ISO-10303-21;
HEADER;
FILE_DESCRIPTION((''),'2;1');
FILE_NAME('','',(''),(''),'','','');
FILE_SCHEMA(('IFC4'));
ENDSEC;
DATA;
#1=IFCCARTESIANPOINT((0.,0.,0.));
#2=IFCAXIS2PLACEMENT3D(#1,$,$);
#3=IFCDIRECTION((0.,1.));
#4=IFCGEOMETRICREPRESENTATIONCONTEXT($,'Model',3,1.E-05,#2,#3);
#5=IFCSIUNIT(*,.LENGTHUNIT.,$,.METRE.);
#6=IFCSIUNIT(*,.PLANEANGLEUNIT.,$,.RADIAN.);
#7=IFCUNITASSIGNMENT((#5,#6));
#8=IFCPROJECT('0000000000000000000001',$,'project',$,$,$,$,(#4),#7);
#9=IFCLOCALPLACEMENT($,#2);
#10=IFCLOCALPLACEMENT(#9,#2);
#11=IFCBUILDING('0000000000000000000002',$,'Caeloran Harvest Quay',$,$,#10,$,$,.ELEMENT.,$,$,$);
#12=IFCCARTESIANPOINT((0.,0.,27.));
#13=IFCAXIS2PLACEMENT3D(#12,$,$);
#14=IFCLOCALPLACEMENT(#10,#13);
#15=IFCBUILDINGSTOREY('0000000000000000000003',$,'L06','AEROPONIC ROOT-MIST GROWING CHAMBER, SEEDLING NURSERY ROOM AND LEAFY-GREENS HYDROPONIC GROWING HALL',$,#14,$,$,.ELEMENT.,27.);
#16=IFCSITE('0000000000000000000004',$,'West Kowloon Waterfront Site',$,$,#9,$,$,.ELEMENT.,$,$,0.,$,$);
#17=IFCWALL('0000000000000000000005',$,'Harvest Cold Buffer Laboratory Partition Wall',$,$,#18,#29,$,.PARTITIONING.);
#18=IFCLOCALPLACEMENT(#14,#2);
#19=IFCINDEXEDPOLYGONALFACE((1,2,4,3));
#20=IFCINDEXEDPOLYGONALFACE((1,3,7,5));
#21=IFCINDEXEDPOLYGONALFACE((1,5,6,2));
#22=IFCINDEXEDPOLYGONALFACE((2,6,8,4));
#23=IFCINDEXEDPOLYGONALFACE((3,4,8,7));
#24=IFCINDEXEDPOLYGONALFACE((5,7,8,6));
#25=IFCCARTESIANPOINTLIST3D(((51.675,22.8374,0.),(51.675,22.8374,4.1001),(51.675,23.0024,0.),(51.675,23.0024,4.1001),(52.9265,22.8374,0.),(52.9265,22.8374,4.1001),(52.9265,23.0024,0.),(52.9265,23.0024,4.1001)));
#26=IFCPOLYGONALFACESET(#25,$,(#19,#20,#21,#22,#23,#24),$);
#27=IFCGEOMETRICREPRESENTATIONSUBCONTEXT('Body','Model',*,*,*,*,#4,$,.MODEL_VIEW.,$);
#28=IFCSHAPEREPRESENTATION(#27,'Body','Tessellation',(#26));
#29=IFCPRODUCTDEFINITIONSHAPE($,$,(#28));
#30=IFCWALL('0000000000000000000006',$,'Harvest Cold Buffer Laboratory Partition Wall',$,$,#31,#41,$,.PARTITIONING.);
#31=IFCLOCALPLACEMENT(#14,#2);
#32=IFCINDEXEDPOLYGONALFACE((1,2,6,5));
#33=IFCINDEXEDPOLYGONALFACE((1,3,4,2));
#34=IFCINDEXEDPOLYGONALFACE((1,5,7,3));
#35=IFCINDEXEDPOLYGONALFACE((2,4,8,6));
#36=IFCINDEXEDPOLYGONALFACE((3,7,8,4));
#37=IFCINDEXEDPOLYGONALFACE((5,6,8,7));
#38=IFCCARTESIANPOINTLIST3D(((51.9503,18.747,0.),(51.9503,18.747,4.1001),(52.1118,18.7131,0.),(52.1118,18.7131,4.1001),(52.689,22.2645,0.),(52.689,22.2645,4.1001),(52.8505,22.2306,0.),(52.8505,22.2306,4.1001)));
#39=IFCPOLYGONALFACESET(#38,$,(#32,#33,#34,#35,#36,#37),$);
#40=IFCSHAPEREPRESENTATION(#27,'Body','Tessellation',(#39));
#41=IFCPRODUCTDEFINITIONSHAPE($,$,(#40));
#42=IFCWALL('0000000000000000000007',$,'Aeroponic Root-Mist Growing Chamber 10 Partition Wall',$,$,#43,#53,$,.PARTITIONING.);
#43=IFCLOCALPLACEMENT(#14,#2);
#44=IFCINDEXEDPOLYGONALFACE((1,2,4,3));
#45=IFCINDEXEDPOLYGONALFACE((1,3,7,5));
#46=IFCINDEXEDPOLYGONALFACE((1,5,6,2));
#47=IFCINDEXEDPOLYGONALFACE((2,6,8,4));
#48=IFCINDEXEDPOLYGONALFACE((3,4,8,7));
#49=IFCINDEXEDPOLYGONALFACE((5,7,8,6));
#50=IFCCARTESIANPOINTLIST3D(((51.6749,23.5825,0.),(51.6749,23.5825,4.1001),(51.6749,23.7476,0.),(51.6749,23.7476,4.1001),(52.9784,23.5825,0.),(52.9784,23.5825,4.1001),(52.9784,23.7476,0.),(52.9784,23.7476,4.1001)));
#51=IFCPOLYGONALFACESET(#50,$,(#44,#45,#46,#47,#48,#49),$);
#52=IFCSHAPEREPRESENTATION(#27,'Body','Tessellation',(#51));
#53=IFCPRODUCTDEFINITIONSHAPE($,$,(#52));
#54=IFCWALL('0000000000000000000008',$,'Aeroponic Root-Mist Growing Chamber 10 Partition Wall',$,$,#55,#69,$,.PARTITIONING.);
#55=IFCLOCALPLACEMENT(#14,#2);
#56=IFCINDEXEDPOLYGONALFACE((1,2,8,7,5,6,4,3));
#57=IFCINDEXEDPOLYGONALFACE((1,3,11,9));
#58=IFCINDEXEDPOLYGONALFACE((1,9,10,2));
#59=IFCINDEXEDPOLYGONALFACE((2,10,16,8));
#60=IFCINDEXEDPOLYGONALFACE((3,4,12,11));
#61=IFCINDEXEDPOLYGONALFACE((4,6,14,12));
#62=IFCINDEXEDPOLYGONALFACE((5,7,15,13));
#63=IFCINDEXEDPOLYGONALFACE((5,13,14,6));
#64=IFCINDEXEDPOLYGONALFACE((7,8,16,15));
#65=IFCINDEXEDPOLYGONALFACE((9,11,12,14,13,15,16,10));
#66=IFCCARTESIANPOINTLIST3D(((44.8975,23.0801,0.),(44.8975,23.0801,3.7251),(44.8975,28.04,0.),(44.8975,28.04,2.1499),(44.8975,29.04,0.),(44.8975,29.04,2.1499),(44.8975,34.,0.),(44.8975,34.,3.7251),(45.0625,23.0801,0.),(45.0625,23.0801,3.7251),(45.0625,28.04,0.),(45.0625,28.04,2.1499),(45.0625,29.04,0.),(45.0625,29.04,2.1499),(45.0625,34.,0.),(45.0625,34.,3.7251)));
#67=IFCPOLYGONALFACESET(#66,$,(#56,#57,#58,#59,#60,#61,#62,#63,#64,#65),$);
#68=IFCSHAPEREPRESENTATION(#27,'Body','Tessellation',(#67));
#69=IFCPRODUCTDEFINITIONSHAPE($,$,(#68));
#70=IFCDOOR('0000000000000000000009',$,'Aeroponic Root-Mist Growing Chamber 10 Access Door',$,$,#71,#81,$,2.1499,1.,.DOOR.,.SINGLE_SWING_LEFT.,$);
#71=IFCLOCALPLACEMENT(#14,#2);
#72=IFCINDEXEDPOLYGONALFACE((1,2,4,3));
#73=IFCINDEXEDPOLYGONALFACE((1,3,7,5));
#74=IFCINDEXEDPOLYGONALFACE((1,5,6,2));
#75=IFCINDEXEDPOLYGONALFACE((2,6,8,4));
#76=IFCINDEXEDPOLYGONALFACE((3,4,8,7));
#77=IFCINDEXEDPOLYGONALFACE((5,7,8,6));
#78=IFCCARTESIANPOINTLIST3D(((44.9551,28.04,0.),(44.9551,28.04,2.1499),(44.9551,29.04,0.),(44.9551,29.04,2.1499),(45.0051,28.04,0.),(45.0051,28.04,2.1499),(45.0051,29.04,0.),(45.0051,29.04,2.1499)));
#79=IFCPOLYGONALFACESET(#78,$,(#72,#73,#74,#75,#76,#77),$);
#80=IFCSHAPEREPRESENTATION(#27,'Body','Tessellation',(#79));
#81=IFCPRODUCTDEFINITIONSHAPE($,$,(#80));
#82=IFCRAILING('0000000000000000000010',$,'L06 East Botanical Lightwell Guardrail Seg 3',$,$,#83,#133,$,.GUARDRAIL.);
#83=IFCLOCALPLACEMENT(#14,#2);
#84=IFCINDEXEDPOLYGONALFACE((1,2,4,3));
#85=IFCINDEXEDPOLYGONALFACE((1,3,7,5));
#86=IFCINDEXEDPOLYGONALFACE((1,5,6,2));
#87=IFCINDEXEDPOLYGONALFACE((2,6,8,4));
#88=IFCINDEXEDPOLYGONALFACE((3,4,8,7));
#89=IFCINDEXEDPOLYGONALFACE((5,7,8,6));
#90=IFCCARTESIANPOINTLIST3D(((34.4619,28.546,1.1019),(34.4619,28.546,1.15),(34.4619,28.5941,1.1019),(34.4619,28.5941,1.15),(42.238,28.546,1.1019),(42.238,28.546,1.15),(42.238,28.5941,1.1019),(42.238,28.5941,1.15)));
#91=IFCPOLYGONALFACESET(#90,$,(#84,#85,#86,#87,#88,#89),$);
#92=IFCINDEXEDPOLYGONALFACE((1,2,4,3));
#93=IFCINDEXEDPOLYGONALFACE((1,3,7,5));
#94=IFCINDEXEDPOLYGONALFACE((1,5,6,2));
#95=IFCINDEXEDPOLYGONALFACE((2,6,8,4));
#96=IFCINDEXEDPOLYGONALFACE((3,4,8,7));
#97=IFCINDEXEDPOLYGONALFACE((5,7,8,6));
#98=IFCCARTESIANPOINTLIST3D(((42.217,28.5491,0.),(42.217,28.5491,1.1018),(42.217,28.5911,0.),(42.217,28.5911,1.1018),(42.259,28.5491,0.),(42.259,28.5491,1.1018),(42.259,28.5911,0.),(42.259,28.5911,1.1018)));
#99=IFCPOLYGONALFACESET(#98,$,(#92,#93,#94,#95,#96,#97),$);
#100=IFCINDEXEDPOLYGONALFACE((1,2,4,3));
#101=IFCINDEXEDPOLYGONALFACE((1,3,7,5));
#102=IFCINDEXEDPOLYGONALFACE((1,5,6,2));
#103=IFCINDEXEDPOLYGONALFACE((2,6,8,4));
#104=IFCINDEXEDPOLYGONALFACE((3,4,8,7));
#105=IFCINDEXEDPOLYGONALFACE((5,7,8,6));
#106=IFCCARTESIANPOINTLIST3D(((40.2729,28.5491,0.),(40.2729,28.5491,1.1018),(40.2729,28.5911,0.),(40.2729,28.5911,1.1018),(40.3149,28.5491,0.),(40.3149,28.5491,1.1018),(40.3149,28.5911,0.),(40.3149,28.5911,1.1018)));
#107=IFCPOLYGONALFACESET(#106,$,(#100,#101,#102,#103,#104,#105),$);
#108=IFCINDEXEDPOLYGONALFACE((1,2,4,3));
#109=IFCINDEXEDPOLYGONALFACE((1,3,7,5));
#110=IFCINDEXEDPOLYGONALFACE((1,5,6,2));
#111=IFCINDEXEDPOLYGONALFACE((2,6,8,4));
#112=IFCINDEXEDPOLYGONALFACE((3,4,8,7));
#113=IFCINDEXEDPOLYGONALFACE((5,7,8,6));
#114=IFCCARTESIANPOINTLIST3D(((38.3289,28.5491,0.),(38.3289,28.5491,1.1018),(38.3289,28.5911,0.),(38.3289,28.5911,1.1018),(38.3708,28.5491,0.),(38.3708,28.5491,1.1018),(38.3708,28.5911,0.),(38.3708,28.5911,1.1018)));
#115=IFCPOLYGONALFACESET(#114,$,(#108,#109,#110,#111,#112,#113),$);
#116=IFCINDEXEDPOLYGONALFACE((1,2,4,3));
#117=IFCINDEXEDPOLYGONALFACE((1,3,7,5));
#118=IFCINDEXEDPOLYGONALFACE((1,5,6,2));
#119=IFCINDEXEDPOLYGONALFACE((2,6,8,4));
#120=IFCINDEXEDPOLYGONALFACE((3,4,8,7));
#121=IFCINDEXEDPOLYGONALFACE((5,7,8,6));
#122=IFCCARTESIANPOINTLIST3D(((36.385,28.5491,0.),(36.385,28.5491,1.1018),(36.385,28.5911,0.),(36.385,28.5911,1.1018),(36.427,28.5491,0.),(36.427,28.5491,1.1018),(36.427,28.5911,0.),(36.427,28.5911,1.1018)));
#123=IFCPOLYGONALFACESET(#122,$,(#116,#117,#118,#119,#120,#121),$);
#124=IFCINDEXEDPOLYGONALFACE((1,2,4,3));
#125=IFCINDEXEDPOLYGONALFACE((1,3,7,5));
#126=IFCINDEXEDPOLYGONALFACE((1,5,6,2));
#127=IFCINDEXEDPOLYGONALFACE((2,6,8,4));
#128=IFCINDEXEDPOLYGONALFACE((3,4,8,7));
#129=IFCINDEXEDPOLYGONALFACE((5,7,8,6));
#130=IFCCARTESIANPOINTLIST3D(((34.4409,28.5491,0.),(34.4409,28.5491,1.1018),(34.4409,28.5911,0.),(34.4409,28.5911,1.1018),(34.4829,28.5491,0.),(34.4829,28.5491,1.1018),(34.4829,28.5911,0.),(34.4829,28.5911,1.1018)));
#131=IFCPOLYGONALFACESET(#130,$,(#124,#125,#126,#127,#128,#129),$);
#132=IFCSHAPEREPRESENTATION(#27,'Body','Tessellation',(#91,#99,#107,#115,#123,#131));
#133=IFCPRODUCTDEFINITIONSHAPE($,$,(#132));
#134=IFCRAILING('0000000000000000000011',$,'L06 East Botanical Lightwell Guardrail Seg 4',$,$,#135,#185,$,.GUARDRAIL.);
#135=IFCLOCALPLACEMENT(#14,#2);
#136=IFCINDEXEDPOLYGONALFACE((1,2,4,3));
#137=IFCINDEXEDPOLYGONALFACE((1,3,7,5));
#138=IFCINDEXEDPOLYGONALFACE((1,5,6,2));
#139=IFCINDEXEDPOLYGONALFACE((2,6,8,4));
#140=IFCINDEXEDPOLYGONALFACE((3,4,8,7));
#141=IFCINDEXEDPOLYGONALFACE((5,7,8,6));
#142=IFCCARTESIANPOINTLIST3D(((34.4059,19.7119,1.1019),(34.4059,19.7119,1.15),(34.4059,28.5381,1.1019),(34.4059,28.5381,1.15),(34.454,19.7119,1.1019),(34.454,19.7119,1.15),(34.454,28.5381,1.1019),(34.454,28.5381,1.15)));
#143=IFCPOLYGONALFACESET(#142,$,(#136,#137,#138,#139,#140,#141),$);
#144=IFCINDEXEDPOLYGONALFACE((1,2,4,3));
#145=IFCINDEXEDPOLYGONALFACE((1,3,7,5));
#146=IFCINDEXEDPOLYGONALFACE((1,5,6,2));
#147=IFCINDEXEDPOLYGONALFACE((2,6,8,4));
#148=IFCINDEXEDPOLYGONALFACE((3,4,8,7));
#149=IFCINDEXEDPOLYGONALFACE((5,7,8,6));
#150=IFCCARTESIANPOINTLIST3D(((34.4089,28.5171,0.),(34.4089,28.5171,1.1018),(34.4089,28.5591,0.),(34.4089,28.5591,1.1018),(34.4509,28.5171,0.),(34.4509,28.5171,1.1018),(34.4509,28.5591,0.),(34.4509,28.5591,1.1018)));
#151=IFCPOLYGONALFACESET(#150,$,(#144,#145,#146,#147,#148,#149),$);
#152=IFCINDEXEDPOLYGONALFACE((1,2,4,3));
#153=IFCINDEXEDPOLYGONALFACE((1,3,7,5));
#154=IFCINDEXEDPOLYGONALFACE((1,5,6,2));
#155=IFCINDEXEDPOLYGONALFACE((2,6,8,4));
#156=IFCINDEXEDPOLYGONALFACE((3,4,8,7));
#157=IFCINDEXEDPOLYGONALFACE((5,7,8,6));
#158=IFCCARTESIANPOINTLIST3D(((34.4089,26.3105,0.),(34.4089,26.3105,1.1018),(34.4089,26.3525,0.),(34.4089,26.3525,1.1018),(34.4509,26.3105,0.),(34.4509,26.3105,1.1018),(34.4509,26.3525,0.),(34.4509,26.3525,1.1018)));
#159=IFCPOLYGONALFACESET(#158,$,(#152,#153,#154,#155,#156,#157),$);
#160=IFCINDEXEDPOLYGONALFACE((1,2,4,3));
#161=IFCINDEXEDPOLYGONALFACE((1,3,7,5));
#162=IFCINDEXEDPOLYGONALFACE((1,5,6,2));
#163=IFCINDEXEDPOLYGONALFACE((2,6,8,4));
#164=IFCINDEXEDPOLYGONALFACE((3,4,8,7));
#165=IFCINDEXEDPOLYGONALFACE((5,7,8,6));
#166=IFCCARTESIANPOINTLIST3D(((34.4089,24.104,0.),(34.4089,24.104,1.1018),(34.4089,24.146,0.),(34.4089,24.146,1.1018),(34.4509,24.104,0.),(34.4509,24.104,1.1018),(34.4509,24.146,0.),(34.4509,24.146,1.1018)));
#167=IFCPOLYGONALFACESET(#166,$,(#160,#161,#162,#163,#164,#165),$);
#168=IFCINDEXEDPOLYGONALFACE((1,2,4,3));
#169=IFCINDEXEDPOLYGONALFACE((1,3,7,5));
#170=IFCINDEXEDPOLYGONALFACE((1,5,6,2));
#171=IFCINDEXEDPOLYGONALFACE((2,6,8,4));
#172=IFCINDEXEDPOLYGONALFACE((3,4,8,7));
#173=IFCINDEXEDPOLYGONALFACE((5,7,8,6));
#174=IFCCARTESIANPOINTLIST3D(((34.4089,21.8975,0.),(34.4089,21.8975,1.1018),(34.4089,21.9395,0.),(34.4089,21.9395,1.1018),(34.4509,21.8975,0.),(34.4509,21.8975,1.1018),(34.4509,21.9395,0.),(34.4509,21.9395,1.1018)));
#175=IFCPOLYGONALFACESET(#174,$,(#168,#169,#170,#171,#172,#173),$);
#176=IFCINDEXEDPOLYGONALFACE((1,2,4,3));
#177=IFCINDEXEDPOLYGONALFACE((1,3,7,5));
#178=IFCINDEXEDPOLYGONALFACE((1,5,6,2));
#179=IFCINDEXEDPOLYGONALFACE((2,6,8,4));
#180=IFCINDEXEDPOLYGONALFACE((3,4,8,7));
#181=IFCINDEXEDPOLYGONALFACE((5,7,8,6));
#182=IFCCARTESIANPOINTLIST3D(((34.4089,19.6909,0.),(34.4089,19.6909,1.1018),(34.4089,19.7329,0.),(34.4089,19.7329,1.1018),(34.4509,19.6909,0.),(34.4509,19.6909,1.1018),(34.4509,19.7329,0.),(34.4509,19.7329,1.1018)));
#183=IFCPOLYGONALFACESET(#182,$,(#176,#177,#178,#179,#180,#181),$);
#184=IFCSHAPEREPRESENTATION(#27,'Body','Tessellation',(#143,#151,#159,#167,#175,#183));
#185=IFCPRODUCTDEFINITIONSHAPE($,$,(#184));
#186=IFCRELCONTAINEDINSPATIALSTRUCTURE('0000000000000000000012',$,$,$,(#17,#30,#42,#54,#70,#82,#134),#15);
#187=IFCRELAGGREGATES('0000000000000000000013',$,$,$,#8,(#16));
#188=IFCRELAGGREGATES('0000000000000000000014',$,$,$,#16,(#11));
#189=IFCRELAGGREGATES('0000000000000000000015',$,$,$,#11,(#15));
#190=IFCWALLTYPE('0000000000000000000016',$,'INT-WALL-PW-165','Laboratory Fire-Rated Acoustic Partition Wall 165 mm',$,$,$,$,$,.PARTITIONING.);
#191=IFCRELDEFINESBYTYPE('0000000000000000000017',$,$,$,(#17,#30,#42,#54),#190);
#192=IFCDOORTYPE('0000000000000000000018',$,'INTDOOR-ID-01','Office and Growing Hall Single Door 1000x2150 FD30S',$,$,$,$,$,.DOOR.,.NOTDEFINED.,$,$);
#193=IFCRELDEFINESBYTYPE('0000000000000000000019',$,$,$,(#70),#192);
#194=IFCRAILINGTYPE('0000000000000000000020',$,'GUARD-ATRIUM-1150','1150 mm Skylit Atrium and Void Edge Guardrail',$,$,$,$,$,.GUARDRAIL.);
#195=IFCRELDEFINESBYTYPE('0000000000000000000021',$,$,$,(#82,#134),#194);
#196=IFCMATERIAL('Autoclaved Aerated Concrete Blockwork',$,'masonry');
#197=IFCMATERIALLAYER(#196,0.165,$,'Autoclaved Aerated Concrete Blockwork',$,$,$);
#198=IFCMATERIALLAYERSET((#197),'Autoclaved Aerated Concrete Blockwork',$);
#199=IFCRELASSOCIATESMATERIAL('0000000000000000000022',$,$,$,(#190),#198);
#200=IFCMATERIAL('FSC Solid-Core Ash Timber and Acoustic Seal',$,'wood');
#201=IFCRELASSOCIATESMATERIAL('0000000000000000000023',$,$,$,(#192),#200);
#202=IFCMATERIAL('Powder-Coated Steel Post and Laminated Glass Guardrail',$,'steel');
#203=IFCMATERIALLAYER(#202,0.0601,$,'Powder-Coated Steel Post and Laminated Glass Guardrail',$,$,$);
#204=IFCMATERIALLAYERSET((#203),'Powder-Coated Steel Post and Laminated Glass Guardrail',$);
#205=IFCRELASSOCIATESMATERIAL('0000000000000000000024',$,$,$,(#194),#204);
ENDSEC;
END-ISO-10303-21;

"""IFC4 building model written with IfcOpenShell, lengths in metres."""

from ifc_helpers import new_model, si_unit, direction, frame, frame_2d, origin, origin_2d, place, context, subcontext, project, spatial, rectangle, extrude, material, layer, layer_set, type_object, element, fill, save


model = new_model("IFC4")

# Units and contexts
model_context = context("Model", 3, precision=1e-05, world=origin(), true_north=direction((0.0, 1.0)))
body_context = subcontext(model_context, "Body", "Model", "MODEL_VIEW")
ifc_project = project(units=[si_unit("LENGTHUNIT", "METRE"), si_unit("PLANEANGLEUNIT", "RADIAN")], contexts=[model_context])

# Site, building, storey
site_placement = place(None, origin())
site = spatial("IfcSite", under=ifc_project, at=site_placement, Name="West Kowloon Waterfront Site", CompositionType="ELEMENT", RefElevation=0.0)
building_placement = place(site_placement, origin())
building = spatial("IfcBuilding", under=site, at=building_placement, Name="Caeloran Harvest Quay", CompositionType="ELEMENT")
storey_placement = place(building_placement, frame((0.0, 0.0, 27.0)))
storey = spatial("IfcBuildingStorey", under=building, at=storey_placement, Name="L06", Description="AEROPONIC ROOT-MIST GROWING CHAMBER, SEEDLING NURSERY ROOM AND LEAFY-GREENS HYDROPONIC GROWING HALL", CompositionType="ELEMENT", Elevation=27.0)

# Walls
ifc_material_1 = material(Name="Autoclaved Aerated Concrete Blockwork", Category="masonry")
ifc_layer_1 = layer(ifc_material_1, 0.165, Name="Autoclaved Aerated Concrete Blockwork")
ifc_layer_set_1 = layer_set([ifc_layer_1], Name="Autoclaved Aerated Concrete Blockwork")
wall_type = type_object("IfcWallType", Name="INT-WALL-PW-165", Description="Laboratory Fire-Rated Acoustic Partition Wall 165 mm", PredefinedType="PARTITIONING", material=ifc_layer_set_1)
wall_1_placement = place(storey_placement, frame((51.675, 22.9199, 0.0), z_axis=(0.0, 0.0, 1.0), x_axis=(1.0, 0.0, 0.0)))
element("IfcWall", 1, at=wall_1_placement, inside=storey, type_object=wall_type, Name="Harvest Cold Buffer Laboratory Partition Wall", PredefinedType="PARTITIONING", context=body_context, shape_type="SweptSolid", body=[
    extrude(rectangle(XDim=1.2515, YDim=0.165, at=frame_2d((0.6257, 0.0))), origin(), (0.0, 0.0, 1.0), 4.1001),
])
wall_2_placement = place(storey_placement, frame((52.7698, 22.2476, 0.0), z_axis=(0.0, 0.0, 1.0), x_axis=(-0.205538, -0.978649, 0.0)))
element("IfcWall", 2, at=wall_2_placement, inside=storey, type_object=wall_type, Name="Harvest Cold Buffer Laboratory Partition Wall", PredefinedType="PARTITIONING", context=body_context, shape_type="SweptSolid", body=[
    extrude(rectangle(XDim=3.5942, YDim=0.165, at=frame_2d((1.7971, 0.0))), origin(), (0.0, 0.0, 1.0), 4.1001),
])
wall_3_placement = place(storey_placement, frame((52.9785, 23.665, 0.0), z_axis=(0.0, 0.0, 1.0), x_axis=(-1.0, 0.0, 0.0)))
element("IfcWall", 3, at=wall_3_placement, inside=storey, type_object=wall_type, Name="Aeroponic Root-Mist Growing Chamber 10 Partition Wall", PredefinedType="PARTITIONING", context=body_context, shape_type="SweptSolid", body=[
    extrude(rectangle(XDim=1.3035, YDim=0.165, at=frame_2d((0.6519, 0.0))), origin(), (0.0, 0.0, 1.0), 4.1001),
])

# Wall, opening, door
wall_4_placement = place(storey_placement, frame((44.98, 23.0801, 0.0), z_axis=(0.0, 0.0, 1.0), x_axis=(0.0, 1.0, 0.0)))
wall_4 = element("IfcWall", 4, at=wall_4_placement, inside=storey, type_object=wall_type, Name="Aeroponic Root-Mist Growing Chamber 10 Partition Wall", PredefinedType="PARTITIONING", context=body_context, shape_type="SweptSolid", body=[
    extrude(rectangle(XDim=10.9199, YDim=0.165, at=frame_2d((5.46, 0.0))), origin(), (0.0, 0.0, 1.0), 3.7251),
])
opening_placement = place(wall_4_placement, frame((4.96, 0.0, 0.0)))
opening = element("IfcOpeningElement", 5, at=opening_placement, cuts=wall_4, PredefinedType="OPENING", context=body_context, shape_type="SweptSolid", body=[
    extrude(rectangle(XDim=1.0, YDim=2.1499, at=frame_2d((0.5, 1.075))), frame((0.0, 0.0925, 0.0), z_axis=(0.0, -1.0, 0.0), x_axis=(1.0, 0.0, 0.0)), (0.0, 0.0, 1.0), 0.1851),
])
ifc_material_2 = material(Name="FSC Solid-Core Ash Timber and Acoustic Seal", Category="wood")
door_type = type_object("IfcDoorType", Name="INTDOOR-ID-01", Description="Office and Growing Hall Single Door 1000x2150 FD30S", OperationType="NOTDEFINED", PredefinedType="DOOR", material=ifc_material_2)
door_placement = place(opening_placement, origin())
door = element("IfcDoor", 6, at=door_placement, inside=storey, type_object=door_type, Name="Aeroponic Root-Mist Growing Chamber 10 Access Door", OperationType="SINGLE_SWING_LEFT", OverallHeight=2.1499, OverallWidth=1.0, PredefinedType="DOOR", context=body_context, shape_type="SweptSolid", body=[
    extrude(rectangle(XDim=1.0, YDim=2.1499, at=frame_2d((0.5, 1.075))), frame((0.0, 0.0249, 0.0), z_axis=(0.0, -1.0, 0.0), x_axis=(1.0, 0.0, 0.0)), (0.0, 0.0, 1.0), 0.05),
])
fill(opening, door)

# Railings
ifc_material_3 = material(Name="Powder-Coated Steel Post and Laminated Glass Guardrail", Category="steel")
ifc_layer_2 = layer(ifc_material_3, 0.0601, Name="Powder-Coated Steel Post and Laminated Glass Guardrail")
ifc_layer_set_2 = layer_set([ifc_layer_2], Name="Powder-Coated Steel Post and Laminated Glass Guardrail")
railing_type = type_object("IfcRailingType", Name="GUARD-ATRIUM-1150", Description="1150 mm Skylit Atrium and Void Edge Guardrail", PredefinedType="GUARDRAIL", material=ifc_layer_set_2)
railing_1_placement = place(storey_placement, frame((42.238, 28.5701, 0.0)))
element("IfcRailing", 7, at=railing_1_placement, inside=storey, type_object=railing_type, Name="L06 East Botanical Lightwell Guardrail Seg 3", PredefinedType="GUARDRAIL", context=body_context, shape_type="SweptSolid", body=[
    extrude(rectangle(XDim=0.0481, YDim=0.0481, at=origin_2d()), frame((0.0, 0.0, 1.126), z_axis=(-1.0, 0.0, 0.0), x_axis=(0.0, -1.0, 0.0)), (0.0, 0.0, 1.0), 7.7761),
    extrude(rectangle(XDim=0.042, YDim=0.042, at=origin_2d()), origin(), (0.0, 0.0, 1.0), 1.1018),
    extrude(rectangle(XDim=0.042, YDim=0.042, at=origin_2d()), frame((-1.9441, 0.0, 0.0)), (0.0, 0.0, 1.0), 1.1018),
    extrude(rectangle(XDim=0.042, YDim=0.042, at=origin_2d()), frame((-3.8882, 0.0, 0.0)), (0.0, 0.0, 1.0), 1.1018),
    extrude(rectangle(XDim=0.042, YDim=0.042, at=origin_2d()), frame((-5.832, 0.0, 0.0)), (0.0, 0.0, 1.0), 1.1018),
    extrude(rectangle(XDim=0.042, YDim=0.042, at=origin_2d()), frame((-7.7761, 0.0, 0.0)), (0.0, 0.0, 1.0), 1.1018),
])
railing_2_placement = place(storey_placement, frame((34.4299, 28.5381, 0.0)))
element("IfcRailing", 8, at=railing_2_placement, inside=storey, type_object=railing_type, Name="L06 East Botanical Lightwell Guardrail Seg 4", PredefinedType="GUARDRAIL", context=body_context, shape_type="SweptSolid", body=[
    extrude(rectangle(XDim=0.0481, YDim=0.0481, at=origin_2d()), frame((0.0, 0.0, 1.126), z_axis=(0.0, -1.0, 0.0), x_axis=(1.0, 0.0, 0.0)), (0.0, 0.0, 1.0), 8.8262),
    extrude(rectangle(XDim=0.042, YDim=0.042, at=origin_2d()), origin(), (0.0, 0.0, 1.0), 1.1018),
    extrude(rectangle(XDim=0.042, YDim=0.042, at=origin_2d()), frame((0.0, -2.2065, 0.0)), (0.0, 0.0, 1.0), 1.1018),
    extrude(rectangle(XDim=0.042, YDim=0.042, at=origin_2d()), frame((0.0, -4.4131, 0.0)), (0.0, 0.0, 1.0), 1.1018),
    extrude(rectangle(XDim=0.042, YDim=0.042, at=origin_2d()), frame((0.0, -6.6196, 0.0)), (0.0, 0.0, 1.0), 1.1018),
    extrude(rectangle(XDim=0.042, YDim=0.042, at=origin_2d()), frame((0.0, -8.8262, 0.0)), (0.0, 0.0, 1.0), 1.1018),
])

save(model, "model.ifc")
